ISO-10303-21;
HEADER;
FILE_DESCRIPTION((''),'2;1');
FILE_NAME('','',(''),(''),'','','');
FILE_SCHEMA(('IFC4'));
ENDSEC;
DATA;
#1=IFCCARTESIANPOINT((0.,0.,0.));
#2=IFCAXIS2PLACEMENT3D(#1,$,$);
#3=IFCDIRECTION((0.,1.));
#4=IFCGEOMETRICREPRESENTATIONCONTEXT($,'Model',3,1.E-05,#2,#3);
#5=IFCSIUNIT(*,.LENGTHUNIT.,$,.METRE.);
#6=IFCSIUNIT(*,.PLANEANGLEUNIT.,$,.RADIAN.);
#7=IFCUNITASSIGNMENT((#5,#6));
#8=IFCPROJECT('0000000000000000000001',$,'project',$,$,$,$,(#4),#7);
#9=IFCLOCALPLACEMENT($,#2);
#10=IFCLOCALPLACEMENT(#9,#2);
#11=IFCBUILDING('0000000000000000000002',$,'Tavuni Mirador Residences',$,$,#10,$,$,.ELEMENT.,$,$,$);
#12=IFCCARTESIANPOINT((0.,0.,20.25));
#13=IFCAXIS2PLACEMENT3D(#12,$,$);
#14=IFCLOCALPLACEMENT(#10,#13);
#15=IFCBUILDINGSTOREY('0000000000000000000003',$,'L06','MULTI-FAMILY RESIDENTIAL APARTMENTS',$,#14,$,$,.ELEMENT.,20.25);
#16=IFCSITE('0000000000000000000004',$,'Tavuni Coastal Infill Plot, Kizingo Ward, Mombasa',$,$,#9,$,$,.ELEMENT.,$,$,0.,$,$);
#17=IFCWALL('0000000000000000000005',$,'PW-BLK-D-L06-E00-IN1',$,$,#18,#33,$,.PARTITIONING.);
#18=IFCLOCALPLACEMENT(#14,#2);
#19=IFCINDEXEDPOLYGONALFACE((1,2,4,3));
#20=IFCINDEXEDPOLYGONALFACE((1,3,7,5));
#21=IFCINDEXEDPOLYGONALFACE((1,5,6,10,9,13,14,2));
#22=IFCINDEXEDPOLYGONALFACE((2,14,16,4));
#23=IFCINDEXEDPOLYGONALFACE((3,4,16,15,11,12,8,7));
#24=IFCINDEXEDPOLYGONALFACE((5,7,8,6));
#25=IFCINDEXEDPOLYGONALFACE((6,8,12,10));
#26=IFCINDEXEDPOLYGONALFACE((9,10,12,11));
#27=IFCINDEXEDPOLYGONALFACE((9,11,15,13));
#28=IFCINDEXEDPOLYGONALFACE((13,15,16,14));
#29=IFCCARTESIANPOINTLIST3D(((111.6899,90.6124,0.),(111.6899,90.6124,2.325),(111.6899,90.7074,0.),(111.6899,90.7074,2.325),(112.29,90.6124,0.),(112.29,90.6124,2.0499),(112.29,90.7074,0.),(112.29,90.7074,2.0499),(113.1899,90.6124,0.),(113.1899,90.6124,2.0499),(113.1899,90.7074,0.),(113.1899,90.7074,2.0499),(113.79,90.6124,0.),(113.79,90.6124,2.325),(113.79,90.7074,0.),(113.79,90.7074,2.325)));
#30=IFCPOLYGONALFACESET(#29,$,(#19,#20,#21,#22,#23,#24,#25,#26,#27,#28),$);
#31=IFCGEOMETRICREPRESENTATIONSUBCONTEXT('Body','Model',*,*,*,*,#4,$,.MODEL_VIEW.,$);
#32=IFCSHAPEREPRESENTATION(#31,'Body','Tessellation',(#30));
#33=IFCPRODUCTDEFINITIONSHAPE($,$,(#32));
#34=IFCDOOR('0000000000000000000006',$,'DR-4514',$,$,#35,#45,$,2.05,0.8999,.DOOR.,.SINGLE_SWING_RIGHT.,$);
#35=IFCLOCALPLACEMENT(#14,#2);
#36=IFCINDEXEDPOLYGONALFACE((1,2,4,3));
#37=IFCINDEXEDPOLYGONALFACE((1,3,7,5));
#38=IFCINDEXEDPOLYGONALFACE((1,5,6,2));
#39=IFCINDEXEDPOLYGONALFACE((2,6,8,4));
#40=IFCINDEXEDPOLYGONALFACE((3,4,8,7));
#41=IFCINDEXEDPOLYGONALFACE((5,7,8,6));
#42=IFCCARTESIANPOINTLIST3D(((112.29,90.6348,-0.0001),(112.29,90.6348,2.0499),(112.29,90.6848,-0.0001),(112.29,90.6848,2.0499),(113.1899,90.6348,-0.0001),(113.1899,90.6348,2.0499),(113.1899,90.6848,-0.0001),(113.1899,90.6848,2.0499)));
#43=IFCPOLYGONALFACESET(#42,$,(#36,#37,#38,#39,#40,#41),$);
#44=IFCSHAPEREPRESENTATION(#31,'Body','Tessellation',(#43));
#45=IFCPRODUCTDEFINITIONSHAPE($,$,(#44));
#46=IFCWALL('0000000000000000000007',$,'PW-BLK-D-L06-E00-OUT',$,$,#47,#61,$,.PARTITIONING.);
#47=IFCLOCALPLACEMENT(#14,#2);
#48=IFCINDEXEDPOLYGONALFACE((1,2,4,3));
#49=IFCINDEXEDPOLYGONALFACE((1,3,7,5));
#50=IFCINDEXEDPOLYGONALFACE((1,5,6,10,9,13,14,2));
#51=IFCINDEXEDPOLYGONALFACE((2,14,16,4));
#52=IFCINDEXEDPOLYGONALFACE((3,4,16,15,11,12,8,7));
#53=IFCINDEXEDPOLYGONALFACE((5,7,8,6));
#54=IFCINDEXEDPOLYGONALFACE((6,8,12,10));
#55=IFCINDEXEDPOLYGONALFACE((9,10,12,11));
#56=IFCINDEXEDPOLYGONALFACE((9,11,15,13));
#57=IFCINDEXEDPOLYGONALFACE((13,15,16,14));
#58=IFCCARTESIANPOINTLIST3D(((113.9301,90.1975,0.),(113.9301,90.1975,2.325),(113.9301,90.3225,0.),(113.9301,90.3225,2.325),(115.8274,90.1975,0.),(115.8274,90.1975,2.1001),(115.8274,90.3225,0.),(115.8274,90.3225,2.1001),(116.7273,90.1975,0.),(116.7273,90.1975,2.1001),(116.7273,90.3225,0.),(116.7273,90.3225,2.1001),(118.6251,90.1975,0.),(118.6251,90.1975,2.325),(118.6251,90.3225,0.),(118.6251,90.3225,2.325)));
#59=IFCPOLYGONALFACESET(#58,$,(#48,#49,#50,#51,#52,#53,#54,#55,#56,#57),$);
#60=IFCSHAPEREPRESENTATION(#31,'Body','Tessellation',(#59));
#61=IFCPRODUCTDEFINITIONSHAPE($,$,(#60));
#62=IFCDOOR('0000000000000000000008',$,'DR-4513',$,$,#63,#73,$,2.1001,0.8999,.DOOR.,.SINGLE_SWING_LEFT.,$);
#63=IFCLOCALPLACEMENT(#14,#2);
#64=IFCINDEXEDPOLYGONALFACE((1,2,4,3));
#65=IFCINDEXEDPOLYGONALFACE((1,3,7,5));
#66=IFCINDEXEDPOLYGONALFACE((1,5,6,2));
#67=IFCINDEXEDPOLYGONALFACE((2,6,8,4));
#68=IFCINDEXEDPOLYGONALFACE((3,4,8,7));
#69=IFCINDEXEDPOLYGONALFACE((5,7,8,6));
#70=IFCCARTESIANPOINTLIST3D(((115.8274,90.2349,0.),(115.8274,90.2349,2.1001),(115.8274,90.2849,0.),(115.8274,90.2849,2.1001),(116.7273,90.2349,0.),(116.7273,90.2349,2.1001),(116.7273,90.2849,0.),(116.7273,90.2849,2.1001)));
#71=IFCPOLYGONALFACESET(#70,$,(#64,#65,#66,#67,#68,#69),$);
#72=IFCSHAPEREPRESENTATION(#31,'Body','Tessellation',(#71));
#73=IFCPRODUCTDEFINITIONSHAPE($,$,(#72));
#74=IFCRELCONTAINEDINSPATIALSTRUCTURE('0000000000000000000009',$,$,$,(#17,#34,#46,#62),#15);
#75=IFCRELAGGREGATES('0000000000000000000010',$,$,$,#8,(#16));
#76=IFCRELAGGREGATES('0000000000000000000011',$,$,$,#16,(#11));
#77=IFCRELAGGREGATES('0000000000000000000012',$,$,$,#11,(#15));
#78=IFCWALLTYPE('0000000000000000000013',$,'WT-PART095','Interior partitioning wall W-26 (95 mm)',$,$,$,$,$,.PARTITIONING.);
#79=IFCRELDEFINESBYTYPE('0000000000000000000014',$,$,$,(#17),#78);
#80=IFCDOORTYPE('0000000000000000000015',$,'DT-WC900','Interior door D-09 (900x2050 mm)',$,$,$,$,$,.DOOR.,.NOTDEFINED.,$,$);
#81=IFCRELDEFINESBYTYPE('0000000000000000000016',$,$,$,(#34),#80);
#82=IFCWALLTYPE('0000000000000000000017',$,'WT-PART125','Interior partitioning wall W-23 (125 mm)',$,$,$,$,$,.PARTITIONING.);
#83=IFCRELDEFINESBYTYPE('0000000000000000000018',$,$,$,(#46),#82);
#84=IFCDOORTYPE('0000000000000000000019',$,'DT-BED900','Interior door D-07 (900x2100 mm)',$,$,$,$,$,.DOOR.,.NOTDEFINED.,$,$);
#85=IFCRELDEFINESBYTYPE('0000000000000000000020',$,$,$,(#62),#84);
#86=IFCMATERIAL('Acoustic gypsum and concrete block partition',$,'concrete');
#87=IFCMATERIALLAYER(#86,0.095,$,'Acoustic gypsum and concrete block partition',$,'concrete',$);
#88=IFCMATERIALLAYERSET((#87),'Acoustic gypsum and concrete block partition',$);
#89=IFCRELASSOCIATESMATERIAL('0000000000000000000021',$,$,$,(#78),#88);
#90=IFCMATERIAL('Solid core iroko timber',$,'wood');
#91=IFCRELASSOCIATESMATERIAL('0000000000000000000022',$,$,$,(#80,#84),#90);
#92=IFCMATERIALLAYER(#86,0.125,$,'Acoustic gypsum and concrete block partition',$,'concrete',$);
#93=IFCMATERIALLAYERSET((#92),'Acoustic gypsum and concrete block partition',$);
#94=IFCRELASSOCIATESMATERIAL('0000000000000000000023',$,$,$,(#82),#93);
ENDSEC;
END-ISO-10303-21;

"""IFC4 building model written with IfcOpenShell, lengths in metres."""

from ifc_helpers import new_model, si_unit, direction, frame, frame_2d, origin, place, context, subcontext, project, spatial, rectangle, extrude, material, layer, layer_set, type_object, element, fill, save


model = new_model("IFC4")

# Units and contexts
model_context = context("Model", 3, precision=1e-05, world=origin(), true_north=direction((0.0, 1.0)))
body_context = subcontext(model_context, "Body", "Model", "MODEL_VIEW")
ifc_project = project(units=[si_unit("LENGTHUNIT", "METRE"), si_unit("PLANEANGLEUNIT", "RADIAN")], contexts=[model_context])

# Site, building, storey
site_placement = place(None, origin())
site = spatial("IfcSite", under=ifc_project, at=site_placement, Name="Tavuni Coastal Infill Plot, Kizingo Ward, Mombasa", CompositionType="ELEMENT", RefElevation=0.0)
building_placement = place(site_placement, origin())
building = spatial("IfcBuilding", under=site, at=building_placement, Name="Tavuni Mirador Residences", CompositionType="ELEMENT")
storey_placement = place(building_placement, frame((0.0, 0.0, 20.25)))
storey = spatial("IfcBuildingStorey", under=building, at=storey_placement, Name="L06", Description="MULTI-FAMILY RESIDENTIAL APARTMENTS", CompositionType="ELEMENT", Elevation=20.25)

# Walls, openings, doors
ifc_material_1 = material(Name="Acoustic gypsum and concrete block partition", Category="concrete")
ifc_layer_1 = layer(ifc_material_1, 0.095, Name="Acoustic gypsum and concrete block partition", Category="concrete")
ifc_layer_set_1 = layer_set([ifc_layer_1], Name="Acoustic gypsum and concrete block partition")
wall_type_1 = type_object("IfcWallType", Name="WT-PART095", Description="Interior partitioning wall W-26 (95 mm)", PredefinedType="PARTITIONING", material=ifc_layer_set_1)
wall_1_placement = place(storey_placement, frame((111.6899, 90.6599, 0.0), z_axis=(0.0, 0.0, 1.0), x_axis=(1.0, 0.0, 0.0)))
wall_1 = element("IfcWall", 1, at=wall_1_placement, inside=storey, type_object=wall_type_1, Name="PW-BLK-D-L06-E00-IN1", PredefinedType="PARTITIONING", context=body_context, shape_type="SweptSolid", body=[
    extrude(rectangle(XDim=2.1001, YDim=0.095, at=frame_2d((1.05, 0.0))), origin(), (0.0, 0.0, 1.0), 2.325),
])
opening_1_placement = place(wall_1_placement, frame((0.6001, 0.0, 0.0)))
opening_1 = element("IfcOpeningElement", 2, at=opening_1_placement, cuts=wall_1, PredefinedType="OPENING", context=body_context, shape_type="SweptSolid", body=[
    extrude(rectangle(XDim=0.8999, YDim=2.05, at=frame_2d((0.45, 1.0249))), frame((0.0, 0.0576, 0.0), z_axis=(0.0, -1.0, 0.0), x_axis=(1.0, 0.0, 0.0)), (0.0, 0.0, 1.0), 0.115),
])
ifc_material_2 = material(Name="Solid core iroko timber", Category="wood")
door_type_1 = type_object("IfcDoorType", Name="DT-WC900", Description="Interior door D-09 (900x2050 mm)", OperationType="NOTDEFINED", PredefinedType="DOOR", material=ifc_material_2)
door_1_placement = place(opening_1_placement, origin())
door_1 = element("IfcDoor", 3, at=door_1_placement, inside=storey, type_object=door_type_1, Name="DR-4514", OperationType="SINGLE_SWING_RIGHT", OverallHeight=2.05, OverallWidth=0.8999, PredefinedType="DOOR", context=body_context, shape_type="SweptSolid", body=[
    extrude(rectangle(XDim=0.8999, YDim=2.05, at=frame_2d((0.45, 1.0249))), frame((0.0, 0.0249, 0.0), z_axis=(0.0, -1.0, 0.0), x_axis=(1.0, 0.0, 0.0)), (0.0, 0.0, 1.0), 0.05),
])
fill(opening_1, door_1)
ifc_layer_2 = layer(ifc_material_1, 0.125, Name="Acoustic gypsum and concrete block partition", Category="concrete")
ifc_layer_set_2 = layer_set([ifc_layer_2], Name="Acoustic gypsum and concrete block partition")
wall_type_2 = type_object("IfcWallType", Name="WT-PART125", Description="Interior partitioning wall W-23 (125 mm)", PredefinedType="PARTITIONING", material=ifc_layer_set_2)
wall_2_placement = place(storey_placement, frame((113.9299, 90.26, 0.0), z_axis=(0.0, 0.0, 1.0), x_axis=(1.0, 0.0, 0.0)))
wall_2 = element("IfcWall", 4, at=wall_2_placement, inside=storey, type_object=wall_type_2, Name="PW-BLK-D-L06-E00-OUT", PredefinedType="PARTITIONING", context=body_context, shape_type="SweptSolid", body=[
    extrude(rectangle(XDim=4.6951, YDim=0.125, at=frame_2d((2.3477, 0.0))), origin(), (0.0, 0.0, 1.0), 2.325),
])
opening_2_placement = place(wall_2_placement, frame((1.8975, 0.0, 0.0)))
opening_2 = element("IfcOpeningElement", 5, at=opening_2_placement, cuts=wall_2, PredefinedType="OPENING", context=body_context, shape_type="SweptSolid", body=[
    extrude(rectangle(XDim=0.8999, YDim=2.1001, at=frame_2d((0.45, 1.05))), frame((0.0, 0.0725, 0.0), z_axis=(0.0, -1.0, 0.0), x_axis=(1.0, 0.0, 0.0)), (0.0, 0.0, 1.0), 0.145),
])
door_type_2 = type_object("IfcDoorType", Name="DT-BED900", Description="Interior door D-07 (900x2100 mm)", OperationType="NOTDEFINED", PredefinedType="DOOR", material=ifc_material_2)
door_2_placement = place(opening_2_placement, origin())
door_2 = element("IfcDoor", 6, at=door_2_placement, inside=storey, type_object=door_type_2, Name="DR-4513", OperationType="SINGLE_SWING_LEFT", OverallHeight=2.1001, OverallWidth=0.8999, PredefinedType="DOOR", context=body_context, shape_type="SweptSolid", body=[
    extrude(rectangle(XDim=0.8999, YDim=2.1001, at=frame_2d((0.45, 1.05))), frame((0.0, 0.0249, 0.0), z_axis=(0.0, -1.0, 0.0), x_axis=(1.0, 0.0, 0.0)), (0.0, 0.0, 1.0), 0.05),
])
fill(opening_2, door_2)

save(model, "model.ifc")
